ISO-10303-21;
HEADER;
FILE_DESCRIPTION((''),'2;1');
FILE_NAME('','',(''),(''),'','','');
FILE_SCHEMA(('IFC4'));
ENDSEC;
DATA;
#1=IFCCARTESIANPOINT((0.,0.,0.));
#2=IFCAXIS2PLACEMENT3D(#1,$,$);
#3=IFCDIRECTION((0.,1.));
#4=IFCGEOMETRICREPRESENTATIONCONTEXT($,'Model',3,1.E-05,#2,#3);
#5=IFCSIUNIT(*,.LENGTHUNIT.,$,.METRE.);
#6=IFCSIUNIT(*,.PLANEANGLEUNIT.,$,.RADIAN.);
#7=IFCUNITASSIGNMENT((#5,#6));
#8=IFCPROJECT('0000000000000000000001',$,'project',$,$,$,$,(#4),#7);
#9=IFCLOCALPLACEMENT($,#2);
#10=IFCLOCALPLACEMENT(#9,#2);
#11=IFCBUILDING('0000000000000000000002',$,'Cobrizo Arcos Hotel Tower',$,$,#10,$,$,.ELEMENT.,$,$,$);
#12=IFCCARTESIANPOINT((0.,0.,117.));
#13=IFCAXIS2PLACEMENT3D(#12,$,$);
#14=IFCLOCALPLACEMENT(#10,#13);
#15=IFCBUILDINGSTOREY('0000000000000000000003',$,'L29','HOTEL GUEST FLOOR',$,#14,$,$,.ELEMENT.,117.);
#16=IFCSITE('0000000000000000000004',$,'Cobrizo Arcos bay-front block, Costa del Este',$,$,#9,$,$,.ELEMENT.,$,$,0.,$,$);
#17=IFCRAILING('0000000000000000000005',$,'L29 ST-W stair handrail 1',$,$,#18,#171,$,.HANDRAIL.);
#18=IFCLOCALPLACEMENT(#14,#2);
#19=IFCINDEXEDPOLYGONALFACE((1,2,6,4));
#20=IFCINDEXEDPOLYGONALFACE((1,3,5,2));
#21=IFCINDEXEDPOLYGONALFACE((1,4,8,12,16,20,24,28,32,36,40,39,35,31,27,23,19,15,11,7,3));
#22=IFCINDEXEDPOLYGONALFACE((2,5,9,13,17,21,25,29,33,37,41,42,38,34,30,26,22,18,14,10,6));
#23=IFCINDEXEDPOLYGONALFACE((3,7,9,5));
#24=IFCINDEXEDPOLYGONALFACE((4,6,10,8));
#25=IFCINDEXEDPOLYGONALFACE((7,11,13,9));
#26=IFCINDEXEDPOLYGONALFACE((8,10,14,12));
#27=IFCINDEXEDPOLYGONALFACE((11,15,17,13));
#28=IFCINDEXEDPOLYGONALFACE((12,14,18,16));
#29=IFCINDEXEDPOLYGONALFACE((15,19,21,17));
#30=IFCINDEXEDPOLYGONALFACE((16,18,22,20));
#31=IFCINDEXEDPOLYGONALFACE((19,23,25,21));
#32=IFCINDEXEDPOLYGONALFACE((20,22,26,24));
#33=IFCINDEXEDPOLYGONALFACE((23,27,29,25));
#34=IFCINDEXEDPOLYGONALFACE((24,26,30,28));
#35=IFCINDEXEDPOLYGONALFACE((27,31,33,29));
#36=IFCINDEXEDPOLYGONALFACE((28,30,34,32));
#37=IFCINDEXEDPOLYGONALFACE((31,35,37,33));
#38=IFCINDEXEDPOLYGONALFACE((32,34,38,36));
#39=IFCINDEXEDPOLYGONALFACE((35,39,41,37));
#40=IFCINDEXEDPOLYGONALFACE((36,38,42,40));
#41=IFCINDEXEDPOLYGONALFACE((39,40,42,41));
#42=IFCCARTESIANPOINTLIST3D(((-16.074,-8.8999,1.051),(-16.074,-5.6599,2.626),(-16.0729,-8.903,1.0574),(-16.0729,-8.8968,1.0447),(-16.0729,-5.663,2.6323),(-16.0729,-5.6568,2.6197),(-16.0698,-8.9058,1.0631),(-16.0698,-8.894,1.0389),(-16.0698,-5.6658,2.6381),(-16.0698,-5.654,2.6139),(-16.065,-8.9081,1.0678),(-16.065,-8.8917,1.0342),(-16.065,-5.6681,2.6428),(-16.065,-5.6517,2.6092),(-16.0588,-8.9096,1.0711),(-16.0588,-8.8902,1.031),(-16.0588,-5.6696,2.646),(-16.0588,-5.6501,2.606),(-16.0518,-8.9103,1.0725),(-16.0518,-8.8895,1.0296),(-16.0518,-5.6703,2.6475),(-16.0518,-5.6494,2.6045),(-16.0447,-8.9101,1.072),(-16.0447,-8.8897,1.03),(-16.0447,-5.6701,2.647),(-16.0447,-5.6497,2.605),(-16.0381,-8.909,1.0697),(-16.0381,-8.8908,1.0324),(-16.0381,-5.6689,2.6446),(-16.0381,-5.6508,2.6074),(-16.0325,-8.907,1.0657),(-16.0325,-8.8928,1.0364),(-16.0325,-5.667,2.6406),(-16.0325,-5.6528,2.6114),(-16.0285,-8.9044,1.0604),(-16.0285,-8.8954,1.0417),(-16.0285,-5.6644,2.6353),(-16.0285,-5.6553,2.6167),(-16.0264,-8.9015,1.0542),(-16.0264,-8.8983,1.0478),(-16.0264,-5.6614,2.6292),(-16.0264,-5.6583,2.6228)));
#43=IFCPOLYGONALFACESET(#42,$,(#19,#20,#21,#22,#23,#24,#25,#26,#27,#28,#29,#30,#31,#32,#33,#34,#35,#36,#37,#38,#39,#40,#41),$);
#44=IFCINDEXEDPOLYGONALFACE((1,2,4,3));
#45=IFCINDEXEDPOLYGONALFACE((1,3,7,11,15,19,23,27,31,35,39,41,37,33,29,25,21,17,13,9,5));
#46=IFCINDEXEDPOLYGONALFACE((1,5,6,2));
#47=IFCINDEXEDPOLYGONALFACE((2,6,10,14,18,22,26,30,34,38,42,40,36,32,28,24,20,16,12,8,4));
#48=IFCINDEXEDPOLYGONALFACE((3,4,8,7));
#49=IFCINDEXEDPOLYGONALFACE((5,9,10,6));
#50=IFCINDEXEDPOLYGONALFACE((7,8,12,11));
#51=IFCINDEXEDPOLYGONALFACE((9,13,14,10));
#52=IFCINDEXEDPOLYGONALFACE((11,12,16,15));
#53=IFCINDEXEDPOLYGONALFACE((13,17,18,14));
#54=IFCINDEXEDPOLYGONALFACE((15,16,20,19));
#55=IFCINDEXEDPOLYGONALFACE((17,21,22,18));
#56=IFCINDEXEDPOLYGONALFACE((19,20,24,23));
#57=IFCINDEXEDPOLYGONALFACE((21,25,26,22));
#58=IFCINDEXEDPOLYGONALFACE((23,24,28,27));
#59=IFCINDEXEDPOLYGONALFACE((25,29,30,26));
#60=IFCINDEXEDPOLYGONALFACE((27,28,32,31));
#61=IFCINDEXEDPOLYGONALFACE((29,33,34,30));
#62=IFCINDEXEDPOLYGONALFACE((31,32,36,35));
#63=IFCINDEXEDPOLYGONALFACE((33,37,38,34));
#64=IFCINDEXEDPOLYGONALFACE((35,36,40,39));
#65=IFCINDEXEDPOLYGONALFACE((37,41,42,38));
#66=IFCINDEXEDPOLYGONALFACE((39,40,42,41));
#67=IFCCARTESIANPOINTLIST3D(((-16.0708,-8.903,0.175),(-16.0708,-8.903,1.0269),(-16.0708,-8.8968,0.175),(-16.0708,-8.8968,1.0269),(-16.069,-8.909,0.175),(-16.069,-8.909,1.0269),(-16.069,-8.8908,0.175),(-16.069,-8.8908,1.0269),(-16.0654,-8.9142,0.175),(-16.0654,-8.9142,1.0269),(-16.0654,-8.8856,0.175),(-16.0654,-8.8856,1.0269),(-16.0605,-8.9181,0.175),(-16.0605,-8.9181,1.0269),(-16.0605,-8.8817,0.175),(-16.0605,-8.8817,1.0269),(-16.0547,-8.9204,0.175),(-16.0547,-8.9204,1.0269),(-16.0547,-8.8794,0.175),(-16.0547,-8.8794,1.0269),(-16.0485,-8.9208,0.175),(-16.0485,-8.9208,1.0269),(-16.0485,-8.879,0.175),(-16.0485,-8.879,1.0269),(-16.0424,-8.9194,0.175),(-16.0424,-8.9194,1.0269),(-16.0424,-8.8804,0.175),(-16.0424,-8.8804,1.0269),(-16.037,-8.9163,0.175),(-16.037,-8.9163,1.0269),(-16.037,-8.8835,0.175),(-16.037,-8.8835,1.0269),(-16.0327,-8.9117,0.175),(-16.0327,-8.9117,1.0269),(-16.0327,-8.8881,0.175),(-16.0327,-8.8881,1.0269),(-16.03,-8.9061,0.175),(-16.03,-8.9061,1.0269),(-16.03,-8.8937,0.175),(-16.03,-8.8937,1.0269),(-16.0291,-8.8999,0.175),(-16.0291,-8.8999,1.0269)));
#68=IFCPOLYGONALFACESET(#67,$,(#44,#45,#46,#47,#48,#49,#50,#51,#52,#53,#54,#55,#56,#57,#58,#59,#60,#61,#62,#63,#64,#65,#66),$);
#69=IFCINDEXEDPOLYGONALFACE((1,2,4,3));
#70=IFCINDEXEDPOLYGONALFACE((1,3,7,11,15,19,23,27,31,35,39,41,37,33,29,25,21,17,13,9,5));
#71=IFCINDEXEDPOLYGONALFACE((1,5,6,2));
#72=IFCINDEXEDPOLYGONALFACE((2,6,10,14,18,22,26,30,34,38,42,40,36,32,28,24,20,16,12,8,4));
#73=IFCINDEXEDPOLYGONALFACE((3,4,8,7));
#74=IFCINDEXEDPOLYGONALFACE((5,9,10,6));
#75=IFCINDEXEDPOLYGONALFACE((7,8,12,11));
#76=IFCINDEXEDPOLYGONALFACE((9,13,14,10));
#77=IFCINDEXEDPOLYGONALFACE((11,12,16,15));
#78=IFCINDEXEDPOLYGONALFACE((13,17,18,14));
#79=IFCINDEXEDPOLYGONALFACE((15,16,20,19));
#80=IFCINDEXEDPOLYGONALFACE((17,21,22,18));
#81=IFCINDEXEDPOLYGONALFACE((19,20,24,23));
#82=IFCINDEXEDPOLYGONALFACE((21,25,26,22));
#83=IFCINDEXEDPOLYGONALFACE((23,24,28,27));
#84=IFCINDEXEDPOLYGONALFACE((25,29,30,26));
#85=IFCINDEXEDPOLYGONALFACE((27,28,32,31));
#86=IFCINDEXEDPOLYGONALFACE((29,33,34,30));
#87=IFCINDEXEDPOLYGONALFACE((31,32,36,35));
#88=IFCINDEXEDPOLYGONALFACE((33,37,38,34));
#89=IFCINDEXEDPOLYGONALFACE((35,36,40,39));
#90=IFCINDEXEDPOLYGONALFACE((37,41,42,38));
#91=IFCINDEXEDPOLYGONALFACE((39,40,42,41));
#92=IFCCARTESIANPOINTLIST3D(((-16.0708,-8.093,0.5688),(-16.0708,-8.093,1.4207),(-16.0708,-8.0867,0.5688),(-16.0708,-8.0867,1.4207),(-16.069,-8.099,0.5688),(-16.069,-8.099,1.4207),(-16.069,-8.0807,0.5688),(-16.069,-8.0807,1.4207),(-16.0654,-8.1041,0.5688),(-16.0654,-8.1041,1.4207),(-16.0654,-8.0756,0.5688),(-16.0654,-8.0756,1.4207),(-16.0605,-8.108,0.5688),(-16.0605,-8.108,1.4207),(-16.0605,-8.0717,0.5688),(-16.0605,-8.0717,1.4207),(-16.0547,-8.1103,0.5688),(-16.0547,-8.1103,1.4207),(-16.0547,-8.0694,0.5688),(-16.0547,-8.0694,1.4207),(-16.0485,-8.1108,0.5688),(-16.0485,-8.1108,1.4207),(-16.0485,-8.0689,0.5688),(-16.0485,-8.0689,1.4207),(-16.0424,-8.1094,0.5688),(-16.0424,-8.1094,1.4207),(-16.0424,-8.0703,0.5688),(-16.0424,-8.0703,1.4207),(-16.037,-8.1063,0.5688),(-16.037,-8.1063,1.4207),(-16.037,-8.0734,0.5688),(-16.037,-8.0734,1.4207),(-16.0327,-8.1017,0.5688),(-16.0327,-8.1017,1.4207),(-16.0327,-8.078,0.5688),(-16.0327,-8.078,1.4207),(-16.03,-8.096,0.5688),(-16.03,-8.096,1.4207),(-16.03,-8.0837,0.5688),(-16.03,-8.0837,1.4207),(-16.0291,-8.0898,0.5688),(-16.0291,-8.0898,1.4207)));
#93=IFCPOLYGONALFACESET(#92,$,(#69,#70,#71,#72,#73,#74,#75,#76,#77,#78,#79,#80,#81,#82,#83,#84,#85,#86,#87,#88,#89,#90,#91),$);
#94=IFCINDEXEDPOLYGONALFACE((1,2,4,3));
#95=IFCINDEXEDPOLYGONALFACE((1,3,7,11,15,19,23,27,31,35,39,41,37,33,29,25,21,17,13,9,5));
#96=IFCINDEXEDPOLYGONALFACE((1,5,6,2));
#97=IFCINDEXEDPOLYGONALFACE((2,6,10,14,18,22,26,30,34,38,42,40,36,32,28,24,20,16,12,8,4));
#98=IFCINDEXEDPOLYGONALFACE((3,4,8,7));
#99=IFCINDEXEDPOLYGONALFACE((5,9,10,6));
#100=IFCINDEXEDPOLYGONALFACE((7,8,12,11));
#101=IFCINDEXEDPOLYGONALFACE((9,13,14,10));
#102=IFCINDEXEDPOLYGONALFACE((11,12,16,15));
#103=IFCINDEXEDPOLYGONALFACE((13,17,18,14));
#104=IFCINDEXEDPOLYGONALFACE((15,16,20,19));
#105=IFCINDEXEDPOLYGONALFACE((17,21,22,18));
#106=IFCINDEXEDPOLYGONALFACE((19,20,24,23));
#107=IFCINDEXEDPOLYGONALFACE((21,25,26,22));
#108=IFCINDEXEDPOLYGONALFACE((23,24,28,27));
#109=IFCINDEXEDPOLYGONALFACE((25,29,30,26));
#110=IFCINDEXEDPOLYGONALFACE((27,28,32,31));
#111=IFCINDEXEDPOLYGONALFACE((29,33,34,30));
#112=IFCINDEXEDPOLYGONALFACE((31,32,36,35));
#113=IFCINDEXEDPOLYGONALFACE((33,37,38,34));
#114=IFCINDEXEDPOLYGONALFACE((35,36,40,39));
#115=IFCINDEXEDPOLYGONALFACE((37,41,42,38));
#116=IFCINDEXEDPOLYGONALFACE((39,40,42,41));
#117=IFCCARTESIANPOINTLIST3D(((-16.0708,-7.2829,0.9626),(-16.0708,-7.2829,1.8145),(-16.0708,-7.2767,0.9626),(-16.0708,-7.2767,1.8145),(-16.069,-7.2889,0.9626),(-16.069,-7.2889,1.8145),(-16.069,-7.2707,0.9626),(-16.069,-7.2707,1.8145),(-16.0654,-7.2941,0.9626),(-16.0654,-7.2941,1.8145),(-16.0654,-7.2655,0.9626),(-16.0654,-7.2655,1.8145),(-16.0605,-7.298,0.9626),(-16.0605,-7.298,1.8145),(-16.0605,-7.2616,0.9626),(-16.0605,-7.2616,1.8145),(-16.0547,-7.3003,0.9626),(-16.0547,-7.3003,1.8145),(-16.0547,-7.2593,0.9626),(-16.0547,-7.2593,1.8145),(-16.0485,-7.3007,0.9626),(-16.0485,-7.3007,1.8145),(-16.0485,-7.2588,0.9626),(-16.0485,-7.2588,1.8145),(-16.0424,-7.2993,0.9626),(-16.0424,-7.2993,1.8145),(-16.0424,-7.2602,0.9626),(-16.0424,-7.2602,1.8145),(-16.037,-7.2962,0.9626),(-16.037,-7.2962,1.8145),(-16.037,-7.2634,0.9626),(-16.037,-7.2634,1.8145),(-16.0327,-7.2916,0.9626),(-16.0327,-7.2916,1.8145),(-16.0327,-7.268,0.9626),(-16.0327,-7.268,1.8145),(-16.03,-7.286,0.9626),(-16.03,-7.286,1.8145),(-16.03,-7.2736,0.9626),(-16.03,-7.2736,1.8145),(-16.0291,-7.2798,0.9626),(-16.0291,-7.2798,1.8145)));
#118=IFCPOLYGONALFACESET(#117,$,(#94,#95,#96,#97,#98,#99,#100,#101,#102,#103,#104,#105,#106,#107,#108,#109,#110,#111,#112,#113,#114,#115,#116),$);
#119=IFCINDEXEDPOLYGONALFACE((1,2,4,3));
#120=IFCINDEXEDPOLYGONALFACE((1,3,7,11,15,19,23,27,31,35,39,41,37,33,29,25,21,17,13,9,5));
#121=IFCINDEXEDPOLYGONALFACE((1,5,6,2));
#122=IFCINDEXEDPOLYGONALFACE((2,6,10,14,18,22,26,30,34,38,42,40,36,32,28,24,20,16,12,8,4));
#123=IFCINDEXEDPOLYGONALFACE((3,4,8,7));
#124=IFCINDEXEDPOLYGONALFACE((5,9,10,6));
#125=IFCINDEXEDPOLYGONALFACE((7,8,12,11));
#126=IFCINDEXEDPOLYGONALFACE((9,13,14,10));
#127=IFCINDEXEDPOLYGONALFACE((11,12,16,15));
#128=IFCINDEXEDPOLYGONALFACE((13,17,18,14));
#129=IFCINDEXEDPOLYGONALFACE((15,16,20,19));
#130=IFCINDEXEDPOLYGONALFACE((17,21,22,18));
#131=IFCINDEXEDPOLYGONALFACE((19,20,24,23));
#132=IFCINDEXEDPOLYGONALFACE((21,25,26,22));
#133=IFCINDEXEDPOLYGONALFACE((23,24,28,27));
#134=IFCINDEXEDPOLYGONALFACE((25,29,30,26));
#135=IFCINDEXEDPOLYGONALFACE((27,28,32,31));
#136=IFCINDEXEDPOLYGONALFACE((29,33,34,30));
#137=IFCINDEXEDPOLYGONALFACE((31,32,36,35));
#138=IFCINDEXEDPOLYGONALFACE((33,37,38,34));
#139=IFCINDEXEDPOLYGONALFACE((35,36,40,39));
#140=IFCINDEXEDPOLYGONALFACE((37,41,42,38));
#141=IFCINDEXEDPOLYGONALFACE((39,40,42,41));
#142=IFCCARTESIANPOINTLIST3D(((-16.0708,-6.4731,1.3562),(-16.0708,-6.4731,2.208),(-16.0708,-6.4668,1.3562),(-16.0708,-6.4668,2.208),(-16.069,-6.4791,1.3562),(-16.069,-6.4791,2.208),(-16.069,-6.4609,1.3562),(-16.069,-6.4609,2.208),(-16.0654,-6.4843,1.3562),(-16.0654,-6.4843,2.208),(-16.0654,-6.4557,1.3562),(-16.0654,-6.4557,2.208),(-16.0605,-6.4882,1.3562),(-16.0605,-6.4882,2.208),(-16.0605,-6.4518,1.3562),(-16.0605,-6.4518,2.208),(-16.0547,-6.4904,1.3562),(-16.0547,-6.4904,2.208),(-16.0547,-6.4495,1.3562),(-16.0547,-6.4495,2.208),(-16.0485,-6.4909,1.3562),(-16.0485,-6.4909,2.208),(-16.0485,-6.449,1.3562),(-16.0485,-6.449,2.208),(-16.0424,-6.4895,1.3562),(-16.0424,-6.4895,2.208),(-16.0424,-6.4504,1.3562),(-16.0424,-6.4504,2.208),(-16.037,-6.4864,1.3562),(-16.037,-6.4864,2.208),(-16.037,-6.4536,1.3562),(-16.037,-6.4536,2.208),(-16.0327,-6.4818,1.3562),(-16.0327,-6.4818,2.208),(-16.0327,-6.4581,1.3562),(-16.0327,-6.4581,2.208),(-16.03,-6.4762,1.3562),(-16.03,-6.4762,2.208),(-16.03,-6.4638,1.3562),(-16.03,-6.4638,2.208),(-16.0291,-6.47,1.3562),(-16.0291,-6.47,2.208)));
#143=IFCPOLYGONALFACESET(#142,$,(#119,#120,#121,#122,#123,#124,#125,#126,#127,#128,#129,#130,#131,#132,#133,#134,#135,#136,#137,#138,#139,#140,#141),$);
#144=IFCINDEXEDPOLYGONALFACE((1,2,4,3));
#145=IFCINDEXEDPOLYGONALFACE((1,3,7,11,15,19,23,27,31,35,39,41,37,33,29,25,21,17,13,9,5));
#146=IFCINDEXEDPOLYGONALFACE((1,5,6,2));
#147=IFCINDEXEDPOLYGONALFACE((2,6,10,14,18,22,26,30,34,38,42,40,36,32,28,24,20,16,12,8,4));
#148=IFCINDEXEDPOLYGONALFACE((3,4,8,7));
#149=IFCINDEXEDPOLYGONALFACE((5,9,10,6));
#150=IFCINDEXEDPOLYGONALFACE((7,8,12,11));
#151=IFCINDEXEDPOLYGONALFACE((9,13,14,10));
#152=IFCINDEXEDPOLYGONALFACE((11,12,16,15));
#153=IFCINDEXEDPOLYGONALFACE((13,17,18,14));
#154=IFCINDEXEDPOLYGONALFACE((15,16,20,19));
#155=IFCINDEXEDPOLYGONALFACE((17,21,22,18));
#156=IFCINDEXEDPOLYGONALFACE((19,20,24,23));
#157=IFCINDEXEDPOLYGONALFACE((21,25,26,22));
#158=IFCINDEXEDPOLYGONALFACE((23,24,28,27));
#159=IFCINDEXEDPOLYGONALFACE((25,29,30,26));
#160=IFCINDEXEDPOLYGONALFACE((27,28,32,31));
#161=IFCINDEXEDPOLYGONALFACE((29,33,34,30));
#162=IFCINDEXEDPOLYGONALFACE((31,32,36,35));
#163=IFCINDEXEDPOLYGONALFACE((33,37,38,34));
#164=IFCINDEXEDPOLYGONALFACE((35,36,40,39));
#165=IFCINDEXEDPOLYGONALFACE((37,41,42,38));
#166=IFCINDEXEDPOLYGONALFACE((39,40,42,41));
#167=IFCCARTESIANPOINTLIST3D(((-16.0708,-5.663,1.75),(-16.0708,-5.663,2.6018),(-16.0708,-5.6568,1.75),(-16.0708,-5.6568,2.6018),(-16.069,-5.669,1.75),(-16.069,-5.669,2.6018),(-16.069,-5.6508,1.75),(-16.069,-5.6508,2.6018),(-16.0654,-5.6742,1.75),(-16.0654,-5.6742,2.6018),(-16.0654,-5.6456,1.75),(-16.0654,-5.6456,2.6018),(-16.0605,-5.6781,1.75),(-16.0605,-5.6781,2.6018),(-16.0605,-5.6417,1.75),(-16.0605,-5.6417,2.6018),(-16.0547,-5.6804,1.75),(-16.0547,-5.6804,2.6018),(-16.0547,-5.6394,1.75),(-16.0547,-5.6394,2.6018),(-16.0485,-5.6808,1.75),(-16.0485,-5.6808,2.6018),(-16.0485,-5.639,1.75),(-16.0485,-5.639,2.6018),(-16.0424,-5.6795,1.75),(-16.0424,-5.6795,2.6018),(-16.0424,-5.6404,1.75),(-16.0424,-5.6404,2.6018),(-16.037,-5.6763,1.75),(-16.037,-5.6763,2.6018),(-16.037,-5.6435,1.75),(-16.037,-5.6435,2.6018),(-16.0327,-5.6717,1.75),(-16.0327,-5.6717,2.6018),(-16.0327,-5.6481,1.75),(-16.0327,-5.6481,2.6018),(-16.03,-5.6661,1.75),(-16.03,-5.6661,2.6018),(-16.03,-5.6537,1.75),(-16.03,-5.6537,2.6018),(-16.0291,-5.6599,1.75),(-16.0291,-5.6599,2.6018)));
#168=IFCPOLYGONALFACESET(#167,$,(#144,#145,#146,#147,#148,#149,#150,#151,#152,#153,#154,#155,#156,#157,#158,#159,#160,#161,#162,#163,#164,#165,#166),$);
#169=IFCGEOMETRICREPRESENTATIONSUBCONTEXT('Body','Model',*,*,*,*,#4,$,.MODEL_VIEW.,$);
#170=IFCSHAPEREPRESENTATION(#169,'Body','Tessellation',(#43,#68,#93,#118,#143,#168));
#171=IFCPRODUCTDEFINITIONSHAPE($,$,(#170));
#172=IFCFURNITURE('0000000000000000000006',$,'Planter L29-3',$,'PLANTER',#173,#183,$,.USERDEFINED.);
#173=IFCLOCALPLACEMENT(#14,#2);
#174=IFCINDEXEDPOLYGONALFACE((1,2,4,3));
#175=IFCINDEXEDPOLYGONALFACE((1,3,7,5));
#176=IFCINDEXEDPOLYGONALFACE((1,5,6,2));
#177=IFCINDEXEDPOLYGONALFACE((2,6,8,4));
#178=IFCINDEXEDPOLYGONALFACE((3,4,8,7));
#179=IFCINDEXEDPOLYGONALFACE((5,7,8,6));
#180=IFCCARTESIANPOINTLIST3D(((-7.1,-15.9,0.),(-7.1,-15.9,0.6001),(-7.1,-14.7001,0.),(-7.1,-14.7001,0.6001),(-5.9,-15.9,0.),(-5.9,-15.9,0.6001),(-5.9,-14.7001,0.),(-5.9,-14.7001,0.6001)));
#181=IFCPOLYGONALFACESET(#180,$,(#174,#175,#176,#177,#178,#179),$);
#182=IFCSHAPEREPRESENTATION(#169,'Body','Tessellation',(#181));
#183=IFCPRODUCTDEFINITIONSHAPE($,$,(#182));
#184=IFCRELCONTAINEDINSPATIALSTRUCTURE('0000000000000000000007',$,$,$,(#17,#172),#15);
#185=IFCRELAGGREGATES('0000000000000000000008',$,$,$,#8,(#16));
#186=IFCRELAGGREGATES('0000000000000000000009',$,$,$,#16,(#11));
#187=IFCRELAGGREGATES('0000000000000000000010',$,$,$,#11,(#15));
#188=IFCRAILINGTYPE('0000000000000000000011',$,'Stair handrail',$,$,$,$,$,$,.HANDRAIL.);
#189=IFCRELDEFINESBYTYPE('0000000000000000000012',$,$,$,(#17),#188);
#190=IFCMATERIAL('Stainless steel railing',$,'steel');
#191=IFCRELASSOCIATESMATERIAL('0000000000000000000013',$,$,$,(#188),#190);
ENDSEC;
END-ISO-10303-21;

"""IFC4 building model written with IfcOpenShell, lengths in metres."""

from ifc_helpers import new_model, si_unit, direction, frame, origin, origin_2d, place, context, subcontext, project, spatial, rectangle, circle, extrude, material, type_object, element, save


model = new_model("IFC4")

# Units and contexts
model_context = context("Model", 3, precision=1e-05, world=origin(), true_north=direction((0.0, 1.0)))
body_context = subcontext(model_context, "Body", "Model", "MODEL_VIEW")
ifc_project = project(units=[si_unit("LENGTHUNIT", "METRE"), si_unit("PLANEANGLEUNIT", "RADIAN")], contexts=[model_context])

# Site, building, storey
site_placement = place(None, origin())
site = spatial("IfcSite", under=ifc_project, at=site_placement, Name="Cobrizo Arcos bay-front block, Costa del Este", CompositionType="ELEMENT", RefElevation=0.0)
building_placement = place(site_placement, origin())
building = spatial("IfcBuilding", under=site, at=building_placement, Name="Cobrizo Arcos Hotel Tower", CompositionType="ELEMENT")
storey_placement = place(building_placement, frame((0.0, 0.0, 117.0)))
storey = spatial("IfcBuildingStorey", under=building, at=storey_placement, Name="L29", Description="HOTEL GUEST FLOOR", CompositionType="ELEMENT", Elevation=117.0)

# Railing
ifc_material_1 = material(Name="Stainless steel railing", Category="steel")
railing_type = type_object("IfcRailingType", Name="Stair handrail", PredefinedType="HANDRAIL", material=ifc_material_1)
railing_placement = place(storey_placement, frame((-16.05, -8.8999, 0.175)))
element("IfcRailing", 1, at=railing_placement, inside=storey, type_object=railing_type, Name="L29 ST-W stair handrail 1", PredefinedType="HANDRAIL", context=body_context, shape_type="SweptSolid", body=[
    extrude(circle(Radius=0.0239, at=origin_2d()), frame((0.0, 0.0, 0.876), z_axis=(0.0, 0.899373, 0.437183), x_axis=(-1.0, 0.0, 0.0)), (0.0, 0.0, 1.0), 3.6025),
    extrude(circle(Radius=0.021, at=origin_2d()), origin(), (0.0, 0.0, 1.0), 0.8518),
    extrude(circle(Radius=0.021, at=origin_2d()), frame((0.0, 0.8101, 0.3938)), (0.0, 0.0, 1.0), 0.8518),
    extrude(circle(Radius=0.021, at=origin_2d()), frame((0.0, 1.6201, 0.7876)), (0.0, 0.0, 1.0), 0.8518),
    extrude(circle(Radius=0.021, at=origin_2d()), frame((0.0, 2.4299, 1.1812)), (0.0, 0.0, 1.0), 0.8518),
    extrude(circle(Radius=0.021, at=origin_2d()), frame((0.0, 3.24, 1.575)), (0.0, 0.0, 1.0), 0.8518),
])

# Furniture
furniture_placement = place(storey_placement, frame((-6.5, -15.3, 0.0), z_axis=(0.0, 0.0, 1.0), x_axis=(1.0, 0.0, 0.0)))
element("IfcFurniture", 2, at=furniture_placement, inside=storey, Name="Planter L29-3", ObjectType="PLANTER", PredefinedType="USERDEFINED", context=body_context, shape_type="SweptSolid", body=[
    extrude(rectangle(XDim=1.2, YDim=1.2, at=origin_2d()), origin(), (0.0, 0.0, 1.0), 0.6001),
])

save(model, "model.ifc")
